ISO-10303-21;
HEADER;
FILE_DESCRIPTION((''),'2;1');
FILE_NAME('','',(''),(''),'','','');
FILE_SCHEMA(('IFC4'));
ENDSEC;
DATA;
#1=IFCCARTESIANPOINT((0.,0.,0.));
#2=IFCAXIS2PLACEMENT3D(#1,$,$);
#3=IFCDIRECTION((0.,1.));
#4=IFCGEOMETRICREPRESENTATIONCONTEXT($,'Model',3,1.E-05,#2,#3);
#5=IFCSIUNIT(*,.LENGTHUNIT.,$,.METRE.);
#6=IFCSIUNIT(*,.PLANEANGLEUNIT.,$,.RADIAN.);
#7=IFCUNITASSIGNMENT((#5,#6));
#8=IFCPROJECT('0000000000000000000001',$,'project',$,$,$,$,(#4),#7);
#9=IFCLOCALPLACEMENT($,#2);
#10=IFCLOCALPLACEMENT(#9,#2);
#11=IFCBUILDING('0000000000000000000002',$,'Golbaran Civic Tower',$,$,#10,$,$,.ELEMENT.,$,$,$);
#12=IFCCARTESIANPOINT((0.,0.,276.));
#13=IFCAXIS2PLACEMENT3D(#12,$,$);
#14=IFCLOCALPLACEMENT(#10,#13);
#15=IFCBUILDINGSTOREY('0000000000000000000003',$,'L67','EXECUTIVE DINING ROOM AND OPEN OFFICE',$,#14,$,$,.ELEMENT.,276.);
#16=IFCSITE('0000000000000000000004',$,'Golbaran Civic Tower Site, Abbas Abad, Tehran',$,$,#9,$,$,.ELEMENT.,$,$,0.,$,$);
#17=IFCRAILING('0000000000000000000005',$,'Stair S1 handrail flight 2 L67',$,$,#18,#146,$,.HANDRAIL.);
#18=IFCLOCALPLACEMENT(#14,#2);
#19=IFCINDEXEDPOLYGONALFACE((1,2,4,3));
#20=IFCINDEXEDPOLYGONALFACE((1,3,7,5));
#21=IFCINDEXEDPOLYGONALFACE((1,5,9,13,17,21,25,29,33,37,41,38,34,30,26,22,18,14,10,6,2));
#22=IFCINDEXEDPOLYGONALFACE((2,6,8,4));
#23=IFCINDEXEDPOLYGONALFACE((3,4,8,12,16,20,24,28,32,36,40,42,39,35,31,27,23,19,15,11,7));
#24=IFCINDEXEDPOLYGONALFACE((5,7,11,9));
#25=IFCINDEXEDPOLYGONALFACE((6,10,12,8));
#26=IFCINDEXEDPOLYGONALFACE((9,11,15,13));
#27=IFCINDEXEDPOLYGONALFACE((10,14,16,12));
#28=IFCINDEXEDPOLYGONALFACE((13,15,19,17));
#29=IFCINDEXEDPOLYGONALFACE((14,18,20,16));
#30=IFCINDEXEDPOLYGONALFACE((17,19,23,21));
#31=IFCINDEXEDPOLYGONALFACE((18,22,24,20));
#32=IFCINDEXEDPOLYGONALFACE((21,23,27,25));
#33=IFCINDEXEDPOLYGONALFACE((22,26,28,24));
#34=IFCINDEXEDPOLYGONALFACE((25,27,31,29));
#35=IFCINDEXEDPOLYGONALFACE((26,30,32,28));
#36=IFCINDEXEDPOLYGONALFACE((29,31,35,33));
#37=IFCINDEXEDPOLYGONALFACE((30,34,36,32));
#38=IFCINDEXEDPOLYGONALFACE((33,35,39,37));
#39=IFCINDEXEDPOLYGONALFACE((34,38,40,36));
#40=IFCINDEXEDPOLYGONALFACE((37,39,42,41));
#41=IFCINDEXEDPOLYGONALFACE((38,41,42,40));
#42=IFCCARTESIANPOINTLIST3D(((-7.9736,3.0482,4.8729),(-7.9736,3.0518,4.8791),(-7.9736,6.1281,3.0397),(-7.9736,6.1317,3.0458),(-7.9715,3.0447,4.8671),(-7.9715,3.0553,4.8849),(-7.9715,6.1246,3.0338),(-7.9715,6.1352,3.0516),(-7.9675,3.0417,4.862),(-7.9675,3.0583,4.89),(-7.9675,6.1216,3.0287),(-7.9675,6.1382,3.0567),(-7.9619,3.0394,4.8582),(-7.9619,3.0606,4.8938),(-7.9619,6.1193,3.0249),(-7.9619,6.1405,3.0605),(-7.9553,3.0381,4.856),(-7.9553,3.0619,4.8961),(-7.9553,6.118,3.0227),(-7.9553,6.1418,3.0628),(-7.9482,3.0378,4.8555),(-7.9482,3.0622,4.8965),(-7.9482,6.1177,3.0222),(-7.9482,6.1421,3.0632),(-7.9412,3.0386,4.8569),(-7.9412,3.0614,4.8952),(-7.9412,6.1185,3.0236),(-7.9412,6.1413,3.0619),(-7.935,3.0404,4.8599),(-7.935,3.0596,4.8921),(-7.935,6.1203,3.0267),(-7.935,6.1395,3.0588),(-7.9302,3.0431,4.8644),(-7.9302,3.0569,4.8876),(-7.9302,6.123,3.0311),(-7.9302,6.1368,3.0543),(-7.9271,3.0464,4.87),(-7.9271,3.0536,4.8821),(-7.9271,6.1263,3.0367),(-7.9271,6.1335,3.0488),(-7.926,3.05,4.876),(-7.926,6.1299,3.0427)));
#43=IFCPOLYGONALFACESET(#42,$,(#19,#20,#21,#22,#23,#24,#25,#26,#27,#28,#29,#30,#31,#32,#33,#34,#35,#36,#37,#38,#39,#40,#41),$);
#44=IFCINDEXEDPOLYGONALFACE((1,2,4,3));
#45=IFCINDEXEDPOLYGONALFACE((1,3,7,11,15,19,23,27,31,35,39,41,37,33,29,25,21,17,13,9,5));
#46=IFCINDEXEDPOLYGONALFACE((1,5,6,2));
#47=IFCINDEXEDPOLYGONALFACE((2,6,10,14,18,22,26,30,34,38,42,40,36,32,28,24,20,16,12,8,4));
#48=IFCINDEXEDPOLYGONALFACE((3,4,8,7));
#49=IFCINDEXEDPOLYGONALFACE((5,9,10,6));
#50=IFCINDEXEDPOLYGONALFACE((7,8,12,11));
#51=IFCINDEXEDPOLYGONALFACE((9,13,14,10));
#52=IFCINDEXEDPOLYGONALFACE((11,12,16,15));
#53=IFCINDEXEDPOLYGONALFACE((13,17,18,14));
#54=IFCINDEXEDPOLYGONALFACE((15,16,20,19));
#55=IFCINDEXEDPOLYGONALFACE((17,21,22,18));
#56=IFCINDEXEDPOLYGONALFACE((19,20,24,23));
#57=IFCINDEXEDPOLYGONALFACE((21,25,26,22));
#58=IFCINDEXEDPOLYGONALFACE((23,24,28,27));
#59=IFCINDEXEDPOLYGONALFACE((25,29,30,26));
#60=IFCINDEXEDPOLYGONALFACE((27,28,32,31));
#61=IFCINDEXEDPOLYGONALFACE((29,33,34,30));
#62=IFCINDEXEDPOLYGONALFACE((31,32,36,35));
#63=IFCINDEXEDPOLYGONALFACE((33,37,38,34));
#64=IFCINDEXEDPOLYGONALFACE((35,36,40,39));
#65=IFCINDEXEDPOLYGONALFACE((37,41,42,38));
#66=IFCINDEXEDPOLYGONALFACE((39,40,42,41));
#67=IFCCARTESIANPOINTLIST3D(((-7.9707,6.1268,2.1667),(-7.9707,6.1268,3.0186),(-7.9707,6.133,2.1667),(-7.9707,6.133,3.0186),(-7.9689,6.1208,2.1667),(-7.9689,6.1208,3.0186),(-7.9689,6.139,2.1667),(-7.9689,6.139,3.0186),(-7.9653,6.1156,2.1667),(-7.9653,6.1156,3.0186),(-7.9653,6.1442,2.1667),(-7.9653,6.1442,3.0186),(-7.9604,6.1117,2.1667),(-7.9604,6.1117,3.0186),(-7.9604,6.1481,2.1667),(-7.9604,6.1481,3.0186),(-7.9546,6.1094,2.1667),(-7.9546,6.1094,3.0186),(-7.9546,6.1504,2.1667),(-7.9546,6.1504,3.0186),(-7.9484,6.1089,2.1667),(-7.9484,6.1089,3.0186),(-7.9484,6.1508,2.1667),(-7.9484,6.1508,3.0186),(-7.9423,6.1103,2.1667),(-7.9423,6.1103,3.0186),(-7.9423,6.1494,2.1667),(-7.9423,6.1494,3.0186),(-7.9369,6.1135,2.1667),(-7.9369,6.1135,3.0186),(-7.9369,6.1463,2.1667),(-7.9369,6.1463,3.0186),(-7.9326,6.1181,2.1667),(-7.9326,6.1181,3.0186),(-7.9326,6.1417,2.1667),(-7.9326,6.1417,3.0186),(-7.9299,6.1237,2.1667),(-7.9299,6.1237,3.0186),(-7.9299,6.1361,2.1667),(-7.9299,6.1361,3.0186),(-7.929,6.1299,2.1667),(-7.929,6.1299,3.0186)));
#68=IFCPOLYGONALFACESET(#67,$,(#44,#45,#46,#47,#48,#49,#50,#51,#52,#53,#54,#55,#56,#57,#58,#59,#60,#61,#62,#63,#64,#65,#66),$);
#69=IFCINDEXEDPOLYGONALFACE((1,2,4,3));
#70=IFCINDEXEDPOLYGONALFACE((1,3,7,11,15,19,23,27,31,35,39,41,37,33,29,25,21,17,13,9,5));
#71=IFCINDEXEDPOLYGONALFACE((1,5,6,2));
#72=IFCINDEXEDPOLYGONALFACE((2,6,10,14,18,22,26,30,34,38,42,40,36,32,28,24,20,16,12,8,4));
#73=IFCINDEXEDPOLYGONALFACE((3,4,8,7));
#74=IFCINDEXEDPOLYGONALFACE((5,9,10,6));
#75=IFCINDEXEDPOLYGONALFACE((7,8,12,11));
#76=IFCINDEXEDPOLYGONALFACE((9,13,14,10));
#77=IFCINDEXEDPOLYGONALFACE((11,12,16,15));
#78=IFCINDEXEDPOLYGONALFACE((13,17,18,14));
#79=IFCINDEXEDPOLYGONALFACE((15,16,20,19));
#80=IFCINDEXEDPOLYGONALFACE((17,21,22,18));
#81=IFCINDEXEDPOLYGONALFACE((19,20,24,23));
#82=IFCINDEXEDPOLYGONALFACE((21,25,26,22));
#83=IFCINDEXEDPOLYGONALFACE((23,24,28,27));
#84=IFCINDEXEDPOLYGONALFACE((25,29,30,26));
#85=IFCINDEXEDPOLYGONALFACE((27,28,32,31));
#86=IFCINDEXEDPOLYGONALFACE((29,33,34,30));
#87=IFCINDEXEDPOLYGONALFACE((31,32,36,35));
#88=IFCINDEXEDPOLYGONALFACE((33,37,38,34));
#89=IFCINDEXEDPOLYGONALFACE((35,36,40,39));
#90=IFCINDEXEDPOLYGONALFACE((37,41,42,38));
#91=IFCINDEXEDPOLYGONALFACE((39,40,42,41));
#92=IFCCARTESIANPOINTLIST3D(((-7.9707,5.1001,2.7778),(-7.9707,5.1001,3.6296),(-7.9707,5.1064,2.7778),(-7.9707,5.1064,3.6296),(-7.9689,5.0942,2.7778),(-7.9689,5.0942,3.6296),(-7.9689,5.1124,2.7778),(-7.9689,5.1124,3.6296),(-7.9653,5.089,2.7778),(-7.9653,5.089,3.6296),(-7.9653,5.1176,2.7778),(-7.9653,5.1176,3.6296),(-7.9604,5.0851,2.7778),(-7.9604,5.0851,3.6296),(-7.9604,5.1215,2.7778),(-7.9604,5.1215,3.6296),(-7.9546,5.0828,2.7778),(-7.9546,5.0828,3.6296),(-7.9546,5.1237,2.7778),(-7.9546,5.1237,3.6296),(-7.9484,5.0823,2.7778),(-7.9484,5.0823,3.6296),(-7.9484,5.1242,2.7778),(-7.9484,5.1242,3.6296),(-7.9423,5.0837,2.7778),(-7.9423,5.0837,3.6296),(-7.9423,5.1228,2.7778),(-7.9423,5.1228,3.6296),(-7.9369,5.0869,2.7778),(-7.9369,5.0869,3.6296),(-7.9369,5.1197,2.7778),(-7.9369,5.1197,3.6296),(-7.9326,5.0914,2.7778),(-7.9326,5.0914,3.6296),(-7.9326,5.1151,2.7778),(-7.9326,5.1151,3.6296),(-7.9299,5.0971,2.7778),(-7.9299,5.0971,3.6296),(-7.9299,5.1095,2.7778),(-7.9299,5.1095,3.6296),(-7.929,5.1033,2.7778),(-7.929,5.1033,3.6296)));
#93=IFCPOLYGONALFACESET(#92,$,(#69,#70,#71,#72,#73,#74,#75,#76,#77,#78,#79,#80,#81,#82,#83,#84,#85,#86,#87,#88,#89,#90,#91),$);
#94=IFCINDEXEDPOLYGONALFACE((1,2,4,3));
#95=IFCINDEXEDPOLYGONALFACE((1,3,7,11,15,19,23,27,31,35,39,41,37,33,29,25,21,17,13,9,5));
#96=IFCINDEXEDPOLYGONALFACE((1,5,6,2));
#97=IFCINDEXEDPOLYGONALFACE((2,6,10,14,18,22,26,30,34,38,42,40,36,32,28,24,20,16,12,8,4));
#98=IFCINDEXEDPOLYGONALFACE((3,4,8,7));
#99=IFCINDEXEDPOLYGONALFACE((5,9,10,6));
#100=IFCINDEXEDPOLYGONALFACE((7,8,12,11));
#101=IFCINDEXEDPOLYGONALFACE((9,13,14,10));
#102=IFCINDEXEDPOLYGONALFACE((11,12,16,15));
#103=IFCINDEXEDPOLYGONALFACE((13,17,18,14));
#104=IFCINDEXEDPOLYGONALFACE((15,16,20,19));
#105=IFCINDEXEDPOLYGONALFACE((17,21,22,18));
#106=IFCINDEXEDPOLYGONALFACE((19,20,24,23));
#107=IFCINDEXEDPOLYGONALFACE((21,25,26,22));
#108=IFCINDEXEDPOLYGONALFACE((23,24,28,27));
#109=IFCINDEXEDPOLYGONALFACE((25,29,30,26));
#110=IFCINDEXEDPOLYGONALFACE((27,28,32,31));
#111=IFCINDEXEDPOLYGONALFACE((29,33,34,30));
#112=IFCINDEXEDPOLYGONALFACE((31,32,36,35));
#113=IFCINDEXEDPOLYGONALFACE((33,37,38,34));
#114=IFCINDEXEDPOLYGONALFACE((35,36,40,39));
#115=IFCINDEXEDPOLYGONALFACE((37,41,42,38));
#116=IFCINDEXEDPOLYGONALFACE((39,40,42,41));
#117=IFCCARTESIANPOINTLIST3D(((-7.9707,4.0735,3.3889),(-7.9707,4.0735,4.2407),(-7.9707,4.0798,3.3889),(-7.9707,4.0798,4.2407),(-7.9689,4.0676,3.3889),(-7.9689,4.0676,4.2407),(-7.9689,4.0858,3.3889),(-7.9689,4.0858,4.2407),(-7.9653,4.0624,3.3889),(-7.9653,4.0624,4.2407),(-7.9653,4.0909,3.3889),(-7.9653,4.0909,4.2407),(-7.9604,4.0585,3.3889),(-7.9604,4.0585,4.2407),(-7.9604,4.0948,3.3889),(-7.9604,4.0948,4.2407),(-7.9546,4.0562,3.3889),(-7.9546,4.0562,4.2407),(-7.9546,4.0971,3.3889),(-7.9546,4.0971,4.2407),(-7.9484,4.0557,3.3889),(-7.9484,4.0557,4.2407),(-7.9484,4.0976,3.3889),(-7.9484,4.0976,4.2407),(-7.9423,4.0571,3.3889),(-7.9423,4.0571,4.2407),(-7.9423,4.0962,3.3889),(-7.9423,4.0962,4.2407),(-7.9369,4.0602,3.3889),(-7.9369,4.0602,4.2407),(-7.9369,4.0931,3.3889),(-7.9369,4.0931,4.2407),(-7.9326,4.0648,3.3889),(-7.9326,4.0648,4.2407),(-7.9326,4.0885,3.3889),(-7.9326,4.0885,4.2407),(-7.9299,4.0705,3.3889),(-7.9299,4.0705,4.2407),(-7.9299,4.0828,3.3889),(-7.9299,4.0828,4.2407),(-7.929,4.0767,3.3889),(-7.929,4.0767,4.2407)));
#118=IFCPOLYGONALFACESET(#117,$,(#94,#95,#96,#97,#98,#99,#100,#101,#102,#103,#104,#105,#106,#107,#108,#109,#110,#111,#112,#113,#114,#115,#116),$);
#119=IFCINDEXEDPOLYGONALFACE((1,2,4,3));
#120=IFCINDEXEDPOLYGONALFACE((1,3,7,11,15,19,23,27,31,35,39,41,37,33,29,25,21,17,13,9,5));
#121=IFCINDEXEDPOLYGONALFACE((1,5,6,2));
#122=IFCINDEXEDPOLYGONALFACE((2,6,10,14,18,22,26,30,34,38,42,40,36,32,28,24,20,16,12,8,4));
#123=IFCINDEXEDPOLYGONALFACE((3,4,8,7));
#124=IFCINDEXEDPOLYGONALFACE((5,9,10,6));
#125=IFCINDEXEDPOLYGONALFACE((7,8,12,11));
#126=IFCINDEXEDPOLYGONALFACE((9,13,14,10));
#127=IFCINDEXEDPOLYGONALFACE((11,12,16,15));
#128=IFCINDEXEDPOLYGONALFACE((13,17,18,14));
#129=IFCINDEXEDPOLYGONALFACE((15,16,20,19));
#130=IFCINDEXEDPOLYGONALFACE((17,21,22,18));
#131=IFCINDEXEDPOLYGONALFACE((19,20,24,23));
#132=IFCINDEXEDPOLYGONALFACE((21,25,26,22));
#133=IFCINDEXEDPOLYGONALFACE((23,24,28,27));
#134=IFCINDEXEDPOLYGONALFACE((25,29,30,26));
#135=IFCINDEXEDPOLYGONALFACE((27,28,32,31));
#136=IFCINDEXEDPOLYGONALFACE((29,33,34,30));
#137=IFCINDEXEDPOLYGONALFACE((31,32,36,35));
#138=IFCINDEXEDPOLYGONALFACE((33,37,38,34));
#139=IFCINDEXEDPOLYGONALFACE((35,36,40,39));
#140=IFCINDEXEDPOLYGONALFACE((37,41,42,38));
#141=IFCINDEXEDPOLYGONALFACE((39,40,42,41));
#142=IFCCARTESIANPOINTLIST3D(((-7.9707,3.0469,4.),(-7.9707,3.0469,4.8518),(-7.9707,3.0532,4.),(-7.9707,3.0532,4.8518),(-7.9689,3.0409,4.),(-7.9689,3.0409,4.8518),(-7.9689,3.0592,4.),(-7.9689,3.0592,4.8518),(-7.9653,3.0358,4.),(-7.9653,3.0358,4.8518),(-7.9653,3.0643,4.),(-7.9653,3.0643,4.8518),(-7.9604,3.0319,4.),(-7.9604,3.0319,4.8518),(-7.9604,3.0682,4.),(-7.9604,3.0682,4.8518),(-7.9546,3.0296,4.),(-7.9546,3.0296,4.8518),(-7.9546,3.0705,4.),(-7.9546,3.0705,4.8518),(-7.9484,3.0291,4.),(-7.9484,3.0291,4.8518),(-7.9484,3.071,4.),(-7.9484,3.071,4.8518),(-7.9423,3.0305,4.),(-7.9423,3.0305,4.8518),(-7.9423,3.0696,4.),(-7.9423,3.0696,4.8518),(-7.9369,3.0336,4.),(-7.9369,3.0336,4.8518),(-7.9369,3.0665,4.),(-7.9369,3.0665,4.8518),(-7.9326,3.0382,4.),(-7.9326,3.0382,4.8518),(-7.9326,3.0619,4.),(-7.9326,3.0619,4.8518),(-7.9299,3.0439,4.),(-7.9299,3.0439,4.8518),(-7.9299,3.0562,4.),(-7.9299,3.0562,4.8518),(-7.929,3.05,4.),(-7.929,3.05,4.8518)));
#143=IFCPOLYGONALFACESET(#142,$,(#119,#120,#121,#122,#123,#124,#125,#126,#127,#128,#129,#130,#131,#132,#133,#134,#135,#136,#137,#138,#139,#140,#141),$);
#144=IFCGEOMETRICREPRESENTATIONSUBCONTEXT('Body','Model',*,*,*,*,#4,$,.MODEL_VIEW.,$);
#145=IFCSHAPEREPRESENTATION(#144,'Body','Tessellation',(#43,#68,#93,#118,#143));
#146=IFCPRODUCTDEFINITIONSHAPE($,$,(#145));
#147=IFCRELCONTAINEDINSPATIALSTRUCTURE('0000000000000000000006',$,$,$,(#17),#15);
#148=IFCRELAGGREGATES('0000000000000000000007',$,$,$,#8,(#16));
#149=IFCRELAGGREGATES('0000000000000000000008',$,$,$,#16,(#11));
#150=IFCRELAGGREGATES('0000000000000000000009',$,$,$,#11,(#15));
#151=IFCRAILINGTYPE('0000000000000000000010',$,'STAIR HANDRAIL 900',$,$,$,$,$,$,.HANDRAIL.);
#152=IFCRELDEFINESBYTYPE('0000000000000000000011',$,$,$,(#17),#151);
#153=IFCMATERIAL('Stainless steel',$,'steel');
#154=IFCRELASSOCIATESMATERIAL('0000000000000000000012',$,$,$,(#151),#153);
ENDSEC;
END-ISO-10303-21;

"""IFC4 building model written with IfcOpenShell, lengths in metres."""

from ifc_helpers import new_model, si_unit, direction, frame, origin, origin_2d, place, context, subcontext, project, spatial, circle, extrude, material, type_object, element, save


model = new_model("IFC4")

# Units and contexts
model_context = context("Model", 3, precision=1e-05, world=origin(), true_north=direction((0.0, 1.0)))
body_context = subcontext(model_context, "Body", "Model", "MODEL_VIEW")
ifc_project = project(units=[si_unit("LENGTHUNIT", "METRE"), si_unit("PLANEANGLEUNIT", "RADIAN")], contexts=[model_context])

# Site, building, storey
site_placement = place(None, origin())
site = spatial("IfcSite", under=ifc_project, at=site_placement, Name="Golbaran Civic Tower Site, Abbas Abad, Tehran", CompositionType="ELEMENT", RefElevation=0.0)
building_placement = place(site_placement, origin())
building = spatial("IfcBuilding", under=site, at=building_placement, Name="Golbaran Civic Tower", CompositionType="ELEMENT")
storey_placement = place(building_placement, frame((0.0, 0.0, 276.0)))
storey = spatial("IfcBuildingStorey", under=building, at=storey_placement, Name="L67", Description="EXECUTIVE DINING ROOM AND OPEN OFFICE", CompositionType="ELEMENT", Elevation=276.0)

# Shared definitions
ifc_material_1 = material(Name="Stainless steel", Category="steel")

# Railing
railing_type = type_object("IfcRailingType", Name="STAIR HANDRAIL 900", PredefinedType="HANDRAIL", material=ifc_material_1)
railing_1_placement = place(storey_placement, frame((-7.95, 6.1299, 2.1667)))
element("IfcRailing", 1, at=railing_1_placement, inside=storey, type_object=railing_type, Name="Stair S1 handrail flight 2 L67", PredefinedType="HANDRAIL", context=body_context, shape_type="SweptSolid", body=[
    extrude(circle(Radius=0.0239, at=origin_2d()), frame((0.0, 0.0, 0.876), z_axis=(0.0, -0.859291, 0.511487), x_axis=(1.0, 0.0, 0.0)), (0.0, 0.0, 1.0), 3.5842),
    extrude(circle(Radius=0.021, at=origin_2d()), origin(), (0.0, 0.0, 1.0), 0.8518),
    extrude(circle(Radius=0.021, at=origin_2d()), frame((0.0, -1.0266, 0.6111)), (0.0, 0.0, 1.0), 0.8518),
    extrude(circle(Radius=0.021, at=origin_2d()), frame((0.0, -2.0532, 1.2222)), (0.0, 0.0, 1.0), 0.8518),
    extrude(circle(Radius=0.021, at=origin_2d()), frame((0.0, -3.0798, 1.8333)), (0.0, 0.0, 1.0), 0.8518),
])

save(model, "model.ifc")
